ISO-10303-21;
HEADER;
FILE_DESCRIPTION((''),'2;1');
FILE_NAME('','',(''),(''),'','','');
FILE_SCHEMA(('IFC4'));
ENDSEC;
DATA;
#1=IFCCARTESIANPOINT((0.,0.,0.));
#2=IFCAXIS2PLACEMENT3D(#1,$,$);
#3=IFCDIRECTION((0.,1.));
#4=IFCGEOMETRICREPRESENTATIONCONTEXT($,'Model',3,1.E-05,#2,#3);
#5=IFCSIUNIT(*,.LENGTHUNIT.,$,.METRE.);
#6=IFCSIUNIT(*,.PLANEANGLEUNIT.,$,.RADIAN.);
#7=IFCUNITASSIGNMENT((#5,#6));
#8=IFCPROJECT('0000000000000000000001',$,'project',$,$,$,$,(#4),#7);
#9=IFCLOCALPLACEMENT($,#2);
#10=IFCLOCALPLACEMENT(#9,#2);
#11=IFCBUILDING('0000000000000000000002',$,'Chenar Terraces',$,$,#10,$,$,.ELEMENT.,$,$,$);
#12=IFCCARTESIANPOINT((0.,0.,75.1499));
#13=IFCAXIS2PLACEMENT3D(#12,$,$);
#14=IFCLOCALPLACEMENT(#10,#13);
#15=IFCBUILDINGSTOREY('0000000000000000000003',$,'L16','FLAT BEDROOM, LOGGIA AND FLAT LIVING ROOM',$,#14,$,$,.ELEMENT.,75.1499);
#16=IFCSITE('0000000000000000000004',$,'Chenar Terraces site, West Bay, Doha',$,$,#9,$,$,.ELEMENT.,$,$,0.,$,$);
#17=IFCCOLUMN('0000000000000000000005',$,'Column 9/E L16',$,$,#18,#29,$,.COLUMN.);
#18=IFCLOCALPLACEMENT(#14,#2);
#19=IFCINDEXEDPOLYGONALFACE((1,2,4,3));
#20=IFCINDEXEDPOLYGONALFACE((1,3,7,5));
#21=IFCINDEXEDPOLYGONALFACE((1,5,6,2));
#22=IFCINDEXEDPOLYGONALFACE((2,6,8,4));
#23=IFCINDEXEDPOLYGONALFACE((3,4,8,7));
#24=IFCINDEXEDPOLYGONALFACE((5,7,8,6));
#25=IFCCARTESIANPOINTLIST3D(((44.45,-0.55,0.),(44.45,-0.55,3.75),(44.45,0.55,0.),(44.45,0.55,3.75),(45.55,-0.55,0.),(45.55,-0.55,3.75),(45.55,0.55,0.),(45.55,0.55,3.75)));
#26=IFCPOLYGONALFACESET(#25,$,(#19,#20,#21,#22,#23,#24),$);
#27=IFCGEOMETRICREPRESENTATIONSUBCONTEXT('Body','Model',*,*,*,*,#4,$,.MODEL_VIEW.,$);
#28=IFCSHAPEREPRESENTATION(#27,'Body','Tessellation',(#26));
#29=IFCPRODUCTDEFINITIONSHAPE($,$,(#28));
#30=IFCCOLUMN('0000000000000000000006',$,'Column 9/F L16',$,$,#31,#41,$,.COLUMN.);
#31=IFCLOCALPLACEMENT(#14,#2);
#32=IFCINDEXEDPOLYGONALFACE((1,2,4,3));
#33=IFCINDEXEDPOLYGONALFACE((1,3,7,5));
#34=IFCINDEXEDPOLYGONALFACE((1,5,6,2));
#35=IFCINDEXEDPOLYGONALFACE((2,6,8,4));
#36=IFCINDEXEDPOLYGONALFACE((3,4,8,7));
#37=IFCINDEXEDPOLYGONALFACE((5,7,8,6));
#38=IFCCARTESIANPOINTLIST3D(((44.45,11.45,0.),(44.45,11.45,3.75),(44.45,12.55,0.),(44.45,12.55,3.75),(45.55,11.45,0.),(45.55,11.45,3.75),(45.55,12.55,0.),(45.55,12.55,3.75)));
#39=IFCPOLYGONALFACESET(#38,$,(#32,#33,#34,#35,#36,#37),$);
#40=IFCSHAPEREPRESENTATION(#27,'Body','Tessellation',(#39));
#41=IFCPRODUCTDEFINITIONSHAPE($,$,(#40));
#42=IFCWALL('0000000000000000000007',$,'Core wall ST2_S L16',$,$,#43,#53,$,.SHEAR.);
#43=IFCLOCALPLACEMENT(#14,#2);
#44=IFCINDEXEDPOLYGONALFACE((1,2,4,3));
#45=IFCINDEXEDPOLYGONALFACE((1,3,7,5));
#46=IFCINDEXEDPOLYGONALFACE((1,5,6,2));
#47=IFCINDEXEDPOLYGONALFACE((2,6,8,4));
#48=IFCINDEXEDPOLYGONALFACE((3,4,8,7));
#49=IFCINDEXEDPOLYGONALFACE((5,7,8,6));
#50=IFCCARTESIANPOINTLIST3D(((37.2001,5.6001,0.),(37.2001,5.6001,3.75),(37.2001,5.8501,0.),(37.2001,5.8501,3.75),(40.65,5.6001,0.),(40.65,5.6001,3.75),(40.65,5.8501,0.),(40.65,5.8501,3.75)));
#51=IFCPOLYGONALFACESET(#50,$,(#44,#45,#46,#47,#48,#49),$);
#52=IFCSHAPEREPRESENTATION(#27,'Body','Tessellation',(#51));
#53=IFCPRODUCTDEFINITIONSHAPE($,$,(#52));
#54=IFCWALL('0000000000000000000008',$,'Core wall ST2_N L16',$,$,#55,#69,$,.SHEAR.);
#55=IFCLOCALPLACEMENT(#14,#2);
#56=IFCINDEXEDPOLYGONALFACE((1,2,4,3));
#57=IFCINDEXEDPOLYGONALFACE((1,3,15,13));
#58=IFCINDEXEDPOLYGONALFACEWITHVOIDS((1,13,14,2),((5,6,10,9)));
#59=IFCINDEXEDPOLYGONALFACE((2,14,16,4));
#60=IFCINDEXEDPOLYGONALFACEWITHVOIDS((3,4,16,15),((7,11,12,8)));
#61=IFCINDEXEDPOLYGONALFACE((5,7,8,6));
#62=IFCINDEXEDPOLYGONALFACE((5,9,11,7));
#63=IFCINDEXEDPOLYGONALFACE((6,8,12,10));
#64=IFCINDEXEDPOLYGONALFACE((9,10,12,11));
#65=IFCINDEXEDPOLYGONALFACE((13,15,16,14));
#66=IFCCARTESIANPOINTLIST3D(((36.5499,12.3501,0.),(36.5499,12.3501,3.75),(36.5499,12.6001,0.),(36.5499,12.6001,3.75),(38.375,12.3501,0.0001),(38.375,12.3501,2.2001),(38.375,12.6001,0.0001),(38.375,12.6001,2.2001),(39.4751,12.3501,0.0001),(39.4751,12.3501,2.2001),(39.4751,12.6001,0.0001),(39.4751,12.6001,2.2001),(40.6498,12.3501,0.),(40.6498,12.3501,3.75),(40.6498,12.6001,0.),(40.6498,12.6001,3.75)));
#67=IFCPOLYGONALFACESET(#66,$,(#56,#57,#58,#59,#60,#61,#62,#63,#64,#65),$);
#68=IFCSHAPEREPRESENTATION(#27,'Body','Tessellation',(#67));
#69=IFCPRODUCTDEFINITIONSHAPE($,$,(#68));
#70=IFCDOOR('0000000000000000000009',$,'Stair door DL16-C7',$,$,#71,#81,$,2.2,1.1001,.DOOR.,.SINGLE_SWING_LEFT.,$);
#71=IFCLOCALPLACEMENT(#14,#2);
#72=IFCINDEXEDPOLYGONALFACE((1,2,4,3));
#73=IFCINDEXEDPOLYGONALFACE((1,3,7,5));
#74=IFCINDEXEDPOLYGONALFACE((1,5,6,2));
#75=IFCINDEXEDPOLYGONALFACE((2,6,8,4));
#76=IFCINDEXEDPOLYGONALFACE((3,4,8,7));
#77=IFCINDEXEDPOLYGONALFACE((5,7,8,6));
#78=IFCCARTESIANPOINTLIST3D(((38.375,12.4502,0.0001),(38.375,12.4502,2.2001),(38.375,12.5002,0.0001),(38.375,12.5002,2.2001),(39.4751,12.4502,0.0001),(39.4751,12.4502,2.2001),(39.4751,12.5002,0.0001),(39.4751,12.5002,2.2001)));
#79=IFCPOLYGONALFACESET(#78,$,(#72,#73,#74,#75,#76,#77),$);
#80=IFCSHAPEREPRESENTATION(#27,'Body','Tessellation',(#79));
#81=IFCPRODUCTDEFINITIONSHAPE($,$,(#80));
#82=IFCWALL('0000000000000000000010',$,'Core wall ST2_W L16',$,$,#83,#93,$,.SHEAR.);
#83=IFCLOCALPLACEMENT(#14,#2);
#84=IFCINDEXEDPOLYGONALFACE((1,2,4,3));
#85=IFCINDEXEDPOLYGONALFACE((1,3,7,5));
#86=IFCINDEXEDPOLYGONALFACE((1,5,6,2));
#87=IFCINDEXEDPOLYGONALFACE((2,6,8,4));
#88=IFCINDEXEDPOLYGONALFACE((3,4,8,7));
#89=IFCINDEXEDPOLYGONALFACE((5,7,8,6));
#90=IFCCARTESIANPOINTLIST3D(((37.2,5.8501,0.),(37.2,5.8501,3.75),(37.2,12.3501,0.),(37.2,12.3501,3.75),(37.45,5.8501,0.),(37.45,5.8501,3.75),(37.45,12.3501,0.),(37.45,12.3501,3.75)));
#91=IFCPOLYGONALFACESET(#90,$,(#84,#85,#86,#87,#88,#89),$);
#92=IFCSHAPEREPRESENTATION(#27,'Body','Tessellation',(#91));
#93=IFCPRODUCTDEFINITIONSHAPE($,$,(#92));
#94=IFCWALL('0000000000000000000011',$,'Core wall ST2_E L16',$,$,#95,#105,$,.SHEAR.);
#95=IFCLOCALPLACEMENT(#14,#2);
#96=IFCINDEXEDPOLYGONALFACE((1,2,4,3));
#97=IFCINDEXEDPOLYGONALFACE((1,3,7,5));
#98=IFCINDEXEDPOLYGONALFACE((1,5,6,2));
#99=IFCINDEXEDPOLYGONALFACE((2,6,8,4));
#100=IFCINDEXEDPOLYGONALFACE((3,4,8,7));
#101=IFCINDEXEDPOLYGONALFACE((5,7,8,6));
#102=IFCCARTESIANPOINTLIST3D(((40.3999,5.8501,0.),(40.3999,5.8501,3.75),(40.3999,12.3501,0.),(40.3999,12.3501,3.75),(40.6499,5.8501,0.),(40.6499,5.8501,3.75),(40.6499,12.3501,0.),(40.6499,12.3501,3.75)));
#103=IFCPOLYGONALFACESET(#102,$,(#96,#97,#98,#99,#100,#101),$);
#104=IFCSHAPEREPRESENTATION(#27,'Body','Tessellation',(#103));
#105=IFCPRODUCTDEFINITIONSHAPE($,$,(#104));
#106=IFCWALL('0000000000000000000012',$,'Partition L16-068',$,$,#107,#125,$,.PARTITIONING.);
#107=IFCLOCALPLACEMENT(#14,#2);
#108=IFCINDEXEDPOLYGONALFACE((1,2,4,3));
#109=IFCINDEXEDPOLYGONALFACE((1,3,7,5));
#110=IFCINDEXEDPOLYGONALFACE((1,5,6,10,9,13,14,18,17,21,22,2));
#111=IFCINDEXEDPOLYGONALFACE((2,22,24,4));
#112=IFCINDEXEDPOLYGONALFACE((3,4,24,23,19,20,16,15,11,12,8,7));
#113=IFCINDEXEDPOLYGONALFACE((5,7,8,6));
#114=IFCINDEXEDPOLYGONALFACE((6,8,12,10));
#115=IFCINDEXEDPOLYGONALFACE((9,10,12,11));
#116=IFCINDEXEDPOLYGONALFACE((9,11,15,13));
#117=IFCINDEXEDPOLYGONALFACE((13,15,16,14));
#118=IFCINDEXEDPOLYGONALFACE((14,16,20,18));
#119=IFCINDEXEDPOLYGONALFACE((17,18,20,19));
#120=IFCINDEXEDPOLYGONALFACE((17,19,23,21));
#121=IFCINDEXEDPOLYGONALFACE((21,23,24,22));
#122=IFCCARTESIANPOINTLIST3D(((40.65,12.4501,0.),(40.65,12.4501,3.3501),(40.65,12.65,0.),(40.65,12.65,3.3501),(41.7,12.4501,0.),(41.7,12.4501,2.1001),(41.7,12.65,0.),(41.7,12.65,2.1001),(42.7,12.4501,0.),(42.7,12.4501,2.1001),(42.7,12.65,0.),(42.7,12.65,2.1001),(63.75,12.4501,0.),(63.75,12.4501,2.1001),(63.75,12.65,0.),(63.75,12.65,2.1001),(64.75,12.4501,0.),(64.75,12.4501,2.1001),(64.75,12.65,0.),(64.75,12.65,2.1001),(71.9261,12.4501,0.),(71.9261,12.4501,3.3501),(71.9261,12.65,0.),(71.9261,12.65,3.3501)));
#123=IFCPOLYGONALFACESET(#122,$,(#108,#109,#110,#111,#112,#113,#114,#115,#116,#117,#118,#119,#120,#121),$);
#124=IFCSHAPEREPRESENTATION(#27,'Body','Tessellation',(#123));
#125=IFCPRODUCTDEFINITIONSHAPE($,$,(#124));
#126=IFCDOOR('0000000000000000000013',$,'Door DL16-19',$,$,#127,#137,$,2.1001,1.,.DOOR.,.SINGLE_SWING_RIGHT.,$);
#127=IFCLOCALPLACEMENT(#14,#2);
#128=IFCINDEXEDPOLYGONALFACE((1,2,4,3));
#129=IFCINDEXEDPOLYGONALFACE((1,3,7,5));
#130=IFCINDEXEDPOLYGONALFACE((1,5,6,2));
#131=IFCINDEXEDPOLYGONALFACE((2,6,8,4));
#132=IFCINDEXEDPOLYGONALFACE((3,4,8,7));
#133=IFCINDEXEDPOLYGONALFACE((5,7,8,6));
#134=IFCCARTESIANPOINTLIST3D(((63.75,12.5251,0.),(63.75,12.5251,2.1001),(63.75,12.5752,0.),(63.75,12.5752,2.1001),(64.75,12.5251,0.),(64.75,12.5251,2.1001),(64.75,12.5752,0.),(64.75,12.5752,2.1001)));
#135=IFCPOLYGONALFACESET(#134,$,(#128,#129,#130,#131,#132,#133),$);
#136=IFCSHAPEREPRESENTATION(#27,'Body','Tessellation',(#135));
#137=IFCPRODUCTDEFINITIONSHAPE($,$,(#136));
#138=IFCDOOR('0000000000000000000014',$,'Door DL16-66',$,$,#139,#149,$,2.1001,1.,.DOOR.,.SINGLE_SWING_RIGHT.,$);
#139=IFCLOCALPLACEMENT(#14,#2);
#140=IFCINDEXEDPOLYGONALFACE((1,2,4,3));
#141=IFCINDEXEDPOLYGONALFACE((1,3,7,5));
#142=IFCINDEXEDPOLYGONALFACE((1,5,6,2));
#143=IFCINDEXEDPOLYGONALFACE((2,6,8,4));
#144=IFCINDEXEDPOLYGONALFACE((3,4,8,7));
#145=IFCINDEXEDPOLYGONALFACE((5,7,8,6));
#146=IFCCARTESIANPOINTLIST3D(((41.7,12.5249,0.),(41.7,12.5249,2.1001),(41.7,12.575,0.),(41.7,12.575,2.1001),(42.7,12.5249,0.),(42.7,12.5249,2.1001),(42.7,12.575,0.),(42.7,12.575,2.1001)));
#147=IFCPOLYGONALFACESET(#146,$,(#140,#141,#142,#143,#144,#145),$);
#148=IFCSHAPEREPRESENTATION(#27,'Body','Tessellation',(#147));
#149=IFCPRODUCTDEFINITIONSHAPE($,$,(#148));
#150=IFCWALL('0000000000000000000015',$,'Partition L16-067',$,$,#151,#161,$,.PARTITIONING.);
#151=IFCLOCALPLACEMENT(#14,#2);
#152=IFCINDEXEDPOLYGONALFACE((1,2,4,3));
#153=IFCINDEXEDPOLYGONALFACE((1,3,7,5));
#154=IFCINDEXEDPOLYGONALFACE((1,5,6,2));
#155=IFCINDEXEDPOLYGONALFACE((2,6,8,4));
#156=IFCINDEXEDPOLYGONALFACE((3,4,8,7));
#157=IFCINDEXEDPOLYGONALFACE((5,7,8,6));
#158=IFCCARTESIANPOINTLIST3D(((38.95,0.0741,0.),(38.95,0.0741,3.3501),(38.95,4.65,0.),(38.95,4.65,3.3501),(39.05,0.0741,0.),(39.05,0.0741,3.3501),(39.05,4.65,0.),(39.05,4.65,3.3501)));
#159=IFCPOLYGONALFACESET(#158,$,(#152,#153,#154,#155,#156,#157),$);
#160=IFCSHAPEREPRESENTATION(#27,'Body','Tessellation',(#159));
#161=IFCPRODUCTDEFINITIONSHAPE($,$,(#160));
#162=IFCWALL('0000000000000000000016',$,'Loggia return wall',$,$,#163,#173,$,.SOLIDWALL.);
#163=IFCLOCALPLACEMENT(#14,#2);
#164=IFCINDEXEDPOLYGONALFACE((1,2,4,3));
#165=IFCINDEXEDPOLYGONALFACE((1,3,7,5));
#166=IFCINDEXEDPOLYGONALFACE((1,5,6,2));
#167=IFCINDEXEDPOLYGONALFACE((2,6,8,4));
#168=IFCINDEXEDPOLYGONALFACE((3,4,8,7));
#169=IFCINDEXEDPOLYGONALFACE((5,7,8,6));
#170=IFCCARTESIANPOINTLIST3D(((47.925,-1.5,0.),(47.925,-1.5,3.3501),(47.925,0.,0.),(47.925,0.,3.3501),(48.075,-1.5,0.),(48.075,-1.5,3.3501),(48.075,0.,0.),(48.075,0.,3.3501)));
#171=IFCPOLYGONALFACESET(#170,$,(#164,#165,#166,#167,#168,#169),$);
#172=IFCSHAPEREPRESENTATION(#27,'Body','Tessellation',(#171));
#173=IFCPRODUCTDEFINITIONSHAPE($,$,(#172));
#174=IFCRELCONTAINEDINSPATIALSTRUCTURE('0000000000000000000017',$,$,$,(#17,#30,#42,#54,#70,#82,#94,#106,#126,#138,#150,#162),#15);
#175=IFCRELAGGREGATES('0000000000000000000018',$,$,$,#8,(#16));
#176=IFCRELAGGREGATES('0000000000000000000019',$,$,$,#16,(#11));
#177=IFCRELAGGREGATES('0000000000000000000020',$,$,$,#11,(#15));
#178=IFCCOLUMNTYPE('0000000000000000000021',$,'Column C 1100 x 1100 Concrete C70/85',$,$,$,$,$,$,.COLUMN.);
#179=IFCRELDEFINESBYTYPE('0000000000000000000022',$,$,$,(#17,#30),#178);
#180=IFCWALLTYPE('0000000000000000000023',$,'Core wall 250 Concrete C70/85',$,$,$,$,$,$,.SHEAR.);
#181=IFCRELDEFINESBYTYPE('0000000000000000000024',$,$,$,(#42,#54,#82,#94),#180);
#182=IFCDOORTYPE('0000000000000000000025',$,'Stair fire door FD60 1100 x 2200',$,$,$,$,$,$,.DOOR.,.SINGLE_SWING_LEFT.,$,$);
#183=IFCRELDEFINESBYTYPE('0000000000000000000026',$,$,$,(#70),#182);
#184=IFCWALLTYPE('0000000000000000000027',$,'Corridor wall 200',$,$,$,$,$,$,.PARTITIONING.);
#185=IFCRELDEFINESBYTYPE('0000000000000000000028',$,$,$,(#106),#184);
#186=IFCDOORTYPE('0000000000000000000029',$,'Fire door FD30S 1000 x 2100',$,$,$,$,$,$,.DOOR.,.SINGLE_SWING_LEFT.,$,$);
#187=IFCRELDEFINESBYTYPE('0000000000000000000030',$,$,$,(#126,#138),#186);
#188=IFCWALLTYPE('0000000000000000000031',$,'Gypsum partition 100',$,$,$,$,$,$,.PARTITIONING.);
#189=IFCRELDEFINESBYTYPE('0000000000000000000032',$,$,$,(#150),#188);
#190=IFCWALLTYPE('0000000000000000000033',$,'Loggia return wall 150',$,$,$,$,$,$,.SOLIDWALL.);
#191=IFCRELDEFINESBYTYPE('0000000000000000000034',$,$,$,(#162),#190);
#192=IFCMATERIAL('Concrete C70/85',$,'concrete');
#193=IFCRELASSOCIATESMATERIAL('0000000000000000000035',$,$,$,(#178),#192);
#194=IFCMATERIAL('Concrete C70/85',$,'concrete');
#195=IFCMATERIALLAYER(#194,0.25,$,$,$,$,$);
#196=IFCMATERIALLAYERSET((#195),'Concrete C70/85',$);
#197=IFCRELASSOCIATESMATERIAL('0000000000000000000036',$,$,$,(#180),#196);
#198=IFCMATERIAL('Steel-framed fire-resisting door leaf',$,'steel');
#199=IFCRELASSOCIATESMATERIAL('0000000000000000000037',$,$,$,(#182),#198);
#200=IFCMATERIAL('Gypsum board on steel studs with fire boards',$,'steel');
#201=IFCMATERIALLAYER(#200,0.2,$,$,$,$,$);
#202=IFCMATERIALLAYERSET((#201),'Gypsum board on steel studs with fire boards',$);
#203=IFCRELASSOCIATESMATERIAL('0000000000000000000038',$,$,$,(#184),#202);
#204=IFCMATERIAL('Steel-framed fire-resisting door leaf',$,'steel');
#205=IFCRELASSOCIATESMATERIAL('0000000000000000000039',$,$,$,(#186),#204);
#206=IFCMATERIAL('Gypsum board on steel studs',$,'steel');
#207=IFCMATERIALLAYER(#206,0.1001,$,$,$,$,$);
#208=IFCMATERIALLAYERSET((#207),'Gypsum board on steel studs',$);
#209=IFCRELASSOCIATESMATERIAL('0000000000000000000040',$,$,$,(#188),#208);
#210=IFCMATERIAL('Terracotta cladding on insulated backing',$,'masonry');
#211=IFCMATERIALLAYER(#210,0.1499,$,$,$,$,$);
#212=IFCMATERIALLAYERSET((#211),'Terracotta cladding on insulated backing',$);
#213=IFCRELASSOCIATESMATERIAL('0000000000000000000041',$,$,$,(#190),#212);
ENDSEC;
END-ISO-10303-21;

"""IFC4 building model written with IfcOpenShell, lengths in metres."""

from ifc_helpers import new_model, si_unit, direction, frame, frame_2d, origin, origin_2d, place, context, subcontext, project, spatial, rectangle, extrude, material, layer, layer_set, material_profile, profile_set, type_object, element, fill, save


model = new_model("IFC4")

# Units and contexts
model_context = context("Model", 3, precision=1e-05, world=origin(), true_north=direction((0.0, 1.0)))
body_context = subcontext(model_context, "Body", "Model", "MODEL_VIEW")
ifc_project = project(units=[si_unit("LENGTHUNIT", "METRE"), si_unit("PLANEANGLEUNIT", "RADIAN")], contexts=[model_context])

# Site, building, storey
site_placement = place(None, origin())
site = spatial("IfcSite", under=ifc_project, at=site_placement, Name="Chenar Terraces site, West Bay, Doha", CompositionType="ELEMENT", RefElevation=0.0)
building_placement = place(site_placement, origin())
building = spatial("IfcBuilding", under=site, at=building_placement, Name="Chenar Terraces", CompositionType="ELEMENT")
storey_placement = place(building_placement, frame((0.0, 0.0, 75.1499)))
storey = spatial("IfcBuildingStorey", under=building, at=storey_placement, Name="L16", Description="FLAT BEDROOM, LOGGIA AND FLAT LIVING ROOM", CompositionType="ELEMENT", Elevation=75.1499)

# Columns
ifc_material_1 = material(Name="Concrete C70/85", Category="concrete")
ifc_material_profile = material_profile(ifc_material_1, rectangle(XDim=1.1001, YDim=1.1001, at=origin_2d()), Name="C 1100 x 1100")
ifc_profile_set = profile_set([ifc_material_profile], Name="Concrete C70/85")
column_type = type_object("IfcColumnType", Name="Column C 1100 x 1100 Concrete C70/85", PredefinedType="COLUMN", material=ifc_profile_set)
for number, where, z_axis, x_axis, name in (
    (1, (45.0, 0.0, 0.0), (0.0, 0.0, 1.0), (1.0, 0.0, 0.0), "Column 9/E L16"),
    (2, (45.0, 12.0, 0.0), (0.0, 0.0, 1.0), (1.0, 0.0, 0.0), "Column 9/F L16"),
):
    element("IfcColumn", number, at=place(storey_placement, frame(where, z_axis=z_axis, x_axis=x_axis)), inside=storey, type_object=column_type, Name=name, PredefinedType="COLUMN", context=body_context, shape_type="SweptSolid", body=[
        extrude(rectangle(XDim=1.1001, YDim=1.1001, at=origin_2d()), origin(), (0.0, 0.0, 1.0), 3.75),
    ])

# Wall
ifc_material_2 = material(Name="Concrete C70/85", Category="concrete")
ifc_layer_1 = layer(ifc_material_2, 0.25)
ifc_layer_set_1 = layer_set([ifc_layer_1], Name="Concrete C70/85")
wall_type_1 = type_object("IfcWallType", Name="Core wall 250 Concrete C70/85", PredefinedType="SHEAR", material=ifc_layer_set_1)
wall_1_placement = place(storey_placement, frame((37.2, 5.7251, 0.0), z_axis=(0.0, 0.0, 1.0), x_axis=(1.0, 0.0, 0.0)))
element("IfcWall", 3, at=wall_1_placement, inside=storey, type_object=wall_type_1, Name="Core wall ST2_S L16", PredefinedType="SHEAR", context=body_context, shape_type="SweptSolid", body=[
    extrude(rectangle(XDim=3.45, YDim=0.25, at=frame_2d((1.7251, 0.0))), origin(), (0.0, 0.0, 1.0), 3.75),
])

# Wall, opening, door
wall_2_placement = place(storey_placement, frame((36.55, 12.4751, 0.0), z_axis=(0.0, 0.0, 1.0), x_axis=(1.0, 0.0, 0.0)))
wall_2 = element("IfcWall", 4, at=wall_2_placement, inside=storey, type_object=wall_type_1, Name="Core wall ST2_N L16", PredefinedType="SHEAR", context=body_context, shape_type="SweptSolid", body=[
    extrude(rectangle(XDim=4.0999, YDim=0.25, at=frame_2d((2.0498, 0.0))), origin(), (0.0, 0.0, 1.0), 3.75),
])
opening_1_placement = place(wall_2_placement, frame((1.825, 0.0, 0.0)))
opening_1 = element("IfcOpeningElement", 5, at=opening_1_placement, cuts=wall_2, PredefinedType="OPENING", context=body_context, shape_type="SweptSolid", body=[
    extrude(rectangle(XDim=1.1001, YDim=2.2, at=frame_2d((0.55, 1.1001))), frame((0.0, 0.135, 0.0), z_axis=(0.0, -1.0, 0.0), x_axis=(1.0, 0.0, 0.0)), (0.0, 0.0, 1.0), 0.27),
])
ifc_material_3 = material(Name="Steel-framed fire-resisting door leaf", Category="steel")
door_type_1 = type_object("IfcDoorType", Name="Stair fire door FD60 1100 x 2200", OperationType="SINGLE_SWING_LEFT", PredefinedType="DOOR", material=ifc_material_3)
door_1_placement = place(opening_1_placement, frame((1.1001, 0.0, 0.0), z_axis=(0.0, 0.0, 1.0), x_axis=(-1.0, 0.0, 0.0)))
door_1 = element("IfcDoor", 6, at=door_1_placement, inside=storey, type_object=door_type_1, Name="Stair door DL16-C7", OperationType="SINGLE_SWING_LEFT", OverallHeight=2.2, OverallWidth=1.1001, PredefinedType="DOOR", context=body_context, shape_type="SweptSolid", body=[
    extrude(rectangle(XDim=1.1001, YDim=2.2, at=frame_2d((0.55, 1.1001))), frame((0.0, 0.0249, 0.0), z_axis=(0.0, -1.0, 0.0), x_axis=(1.0, 0.0, 0.0)), (0.0, 0.0, 1.0), 0.05),
])
fill(opening_1, door_1)

# Walls
for number, where, z_axis, x_axis, name in (
    (7, (37.325, 5.8501, 0.0), (0.0, 0.0, 1.0), (0.0, 1.0, 0.0), "Core wall ST2_W L16"),
    (8, (40.5249, 5.8501, 0.0), (0.0, 0.0, 1.0), (0.0, 1.0, 0.0), "Core wall ST2_E L16"),
):
    element("IfcWall", number, at=place(storey_placement, frame(where, z_axis=z_axis, x_axis=x_axis)), inside=storey, type_object=wall_type_1, Name=name, PredefinedType="SHEAR", context=body_context, shape_type="SweptSolid", body=[
        extrude(rectangle(XDim=6.5, YDim=0.25, at=frame_2d((3.25, 0.0))), origin(), (0.0, 0.0, 1.0), 3.75),
    ])

# Wall, openings, doors
ifc_material_4 = material(Name="Gypsum board on steel studs with fire boards", Category="steel")
ifc_layer_2 = layer(ifc_material_4, 0.2)
ifc_layer_set_2 = layer_set([ifc_layer_2], Name="Gypsum board on steel studs with fire boards")
wall_type_2 = type_object("IfcWallType", Name="Corridor wall 200", PredefinedType="PARTITIONING", material=ifc_layer_set_2)
wall_3_placement = place(storey_placement, frame((40.6499, 12.55, 0.0), z_axis=(0.0, 0.0, 1.0), x_axis=(1.0, 0.0, 0.0)))
wall_3 = element("IfcWall", 9, at=wall_3_placement, inside=storey, type_object=wall_type_2, Name="Partition L16-068", PredefinedType="PARTITIONING", context=body_context, shape_type="SweptSolid", body=[
    extrude(rectangle(XDim=31.2761, YDim=0.2, at=frame_2d((15.6382, 0.0))), origin(), (0.0, 0.0, 1.0), 3.3501),
])
opening_2_placement = place(wall_3_placement, frame((23.1001, 0.0, 0.0)))
opening_2 = element("IfcOpeningElement", 10, at=opening_2_placement, cuts=wall_3, PredefinedType="OPENING", context=body_context, shape_type="SweptSolid", body=[
    extrude(rectangle(XDim=1.0, YDim=2.1001, at=frame_2d((0.5, 1.05))), frame((0.0, 0.1099, 0.0), z_axis=(0.0, -1.0, 0.0), x_axis=(1.0, 0.0, 0.0)), (0.0, 0.0, 1.0), 0.22),
])
opening_3_placement = place(wall_3_placement, frame((1.05, 0.0, 0.0)))
opening_3 = element("IfcOpeningElement", 11, at=opening_3_placement, cuts=wall_3, PredefinedType="OPENING", context=body_context, shape_type="SweptSolid", body=[
    extrude(rectangle(XDim=1.0, YDim=2.1001, at=frame_2d((0.5, 1.05))), frame((0.0, 0.1099, 0.0), z_axis=(0.0, -1.0, 0.0), x_axis=(1.0, 0.0, 0.0)), (0.0, 0.0, 1.0), 0.22),
])
ifc_material_5 = material(Name="Steel-framed fire-resisting door leaf", Category="steel")
door_type_2 = type_object("IfcDoorType", Name="Fire door FD30S 1000 x 2100", OperationType="SINGLE_SWING_LEFT", PredefinedType="DOOR", material=ifc_material_5)
door_2_placement = place(opening_2_placement, frame((1.0, 0.0, 0.0), z_axis=(0.0, 0.0, 1.0), x_axis=(-1.0, 0.0, 0.0)))
door_2 = element("IfcDoor", 12, at=door_2_placement, inside=storey, type_object=door_type_2, Name="Door DL16-19", OperationType="SINGLE_SWING_RIGHT", OverallHeight=2.1001, OverallWidth=1.0, PredefinedType="DOOR", context=body_context, shape_type="SweptSolid", body=[
    extrude(rectangle(XDim=1.0, YDim=2.1001, at=frame_2d((0.5, 1.05))), frame((0.0, 0.0249, 0.0), z_axis=(0.0, -1.0, 0.0), x_axis=(1.0, 0.0, 0.0)), (0.0, 0.0, 1.0), 0.05),
])
fill(opening_2, door_2)
door_3_placement = place(opening_3_placement, origin())
door_3 = element("IfcDoor", 13, at=door_3_placement, inside=storey, type_object=door_type_2, Name="Door DL16-66", OperationType="SINGLE_SWING_RIGHT", OverallHeight=2.1001, OverallWidth=1.0, PredefinedType="DOOR", context=body_context, shape_type="SweptSolid", body=[
    extrude(rectangle(XDim=1.0, YDim=2.1001, at=frame_2d((0.5, 1.05))), frame((0.0, 0.0249, 0.0), z_axis=(0.0, -1.0, 0.0), x_axis=(1.0, 0.0, 0.0)), (0.0, 0.0, 1.0), 0.05),
])
fill(opening_3, door_3)

# Walls
ifc_material_6 = material(Name="Gypsum board on steel studs", Category="steel")
ifc_layer_3 = layer(ifc_material_6, 0.1001)
ifc_layer_set_3 = layer_set([ifc_layer_3], Name="Gypsum board on steel studs")
wall_type_3 = type_object("IfcWallType", Name="Gypsum partition 100", PredefinedType="PARTITIONING", material=ifc_layer_set_3)
wall_4_placement = place(storey_placement, frame((39.0, 0.074, 0.0), z_axis=(0.0, 0.0, 1.0), x_axis=(0.0, 1.0, 0.0)))
element("IfcWall", 14, at=wall_4_placement, inside=storey, type_object=wall_type_3, Name="Partition L16-067", PredefinedType="PARTITIONING", context=body_context, shape_type="SweptSolid", body=[
    extrude(rectangle(XDim=4.5759, YDim=0.1001, at=frame_2d((2.2881, 0.0))), origin(), (0.0, 0.0, 1.0), 3.3501),
])
ifc_material_7 = material(Name="Terracotta cladding on insulated backing", Category="masonry")
ifc_layer_4 = layer(ifc_material_7, 0.1499)
ifc_layer_set_4 = layer_set([ifc_layer_4], Name="Terracotta cladding on insulated backing")
wall_type_4 = type_object("IfcWallType", Name="Loggia return wall 150", PredefinedType="SOLIDWALL", material=ifc_layer_set_4)
wall_5_placement = place(storey_placement, frame((48.0, -1.5, 0.0), z_axis=(0.0, 0.0, 1.0), x_axis=(0.0, 1.0, 0.0)))
element("IfcWall", 15, at=wall_5_placement, inside=storey, type_object=wall_type_4, Name="Loggia return wall", PredefinedType="SOLIDWALL", context=body_context, shape_type="SweptSolid", body=[
    extrude(rectangle(XDim=1.5, YDim=0.1499, at=frame_2d((0.75, 0.0))), origin(), (0.0, 0.0, 1.0), 3.3501),
])

save(model, "model.ifc")
